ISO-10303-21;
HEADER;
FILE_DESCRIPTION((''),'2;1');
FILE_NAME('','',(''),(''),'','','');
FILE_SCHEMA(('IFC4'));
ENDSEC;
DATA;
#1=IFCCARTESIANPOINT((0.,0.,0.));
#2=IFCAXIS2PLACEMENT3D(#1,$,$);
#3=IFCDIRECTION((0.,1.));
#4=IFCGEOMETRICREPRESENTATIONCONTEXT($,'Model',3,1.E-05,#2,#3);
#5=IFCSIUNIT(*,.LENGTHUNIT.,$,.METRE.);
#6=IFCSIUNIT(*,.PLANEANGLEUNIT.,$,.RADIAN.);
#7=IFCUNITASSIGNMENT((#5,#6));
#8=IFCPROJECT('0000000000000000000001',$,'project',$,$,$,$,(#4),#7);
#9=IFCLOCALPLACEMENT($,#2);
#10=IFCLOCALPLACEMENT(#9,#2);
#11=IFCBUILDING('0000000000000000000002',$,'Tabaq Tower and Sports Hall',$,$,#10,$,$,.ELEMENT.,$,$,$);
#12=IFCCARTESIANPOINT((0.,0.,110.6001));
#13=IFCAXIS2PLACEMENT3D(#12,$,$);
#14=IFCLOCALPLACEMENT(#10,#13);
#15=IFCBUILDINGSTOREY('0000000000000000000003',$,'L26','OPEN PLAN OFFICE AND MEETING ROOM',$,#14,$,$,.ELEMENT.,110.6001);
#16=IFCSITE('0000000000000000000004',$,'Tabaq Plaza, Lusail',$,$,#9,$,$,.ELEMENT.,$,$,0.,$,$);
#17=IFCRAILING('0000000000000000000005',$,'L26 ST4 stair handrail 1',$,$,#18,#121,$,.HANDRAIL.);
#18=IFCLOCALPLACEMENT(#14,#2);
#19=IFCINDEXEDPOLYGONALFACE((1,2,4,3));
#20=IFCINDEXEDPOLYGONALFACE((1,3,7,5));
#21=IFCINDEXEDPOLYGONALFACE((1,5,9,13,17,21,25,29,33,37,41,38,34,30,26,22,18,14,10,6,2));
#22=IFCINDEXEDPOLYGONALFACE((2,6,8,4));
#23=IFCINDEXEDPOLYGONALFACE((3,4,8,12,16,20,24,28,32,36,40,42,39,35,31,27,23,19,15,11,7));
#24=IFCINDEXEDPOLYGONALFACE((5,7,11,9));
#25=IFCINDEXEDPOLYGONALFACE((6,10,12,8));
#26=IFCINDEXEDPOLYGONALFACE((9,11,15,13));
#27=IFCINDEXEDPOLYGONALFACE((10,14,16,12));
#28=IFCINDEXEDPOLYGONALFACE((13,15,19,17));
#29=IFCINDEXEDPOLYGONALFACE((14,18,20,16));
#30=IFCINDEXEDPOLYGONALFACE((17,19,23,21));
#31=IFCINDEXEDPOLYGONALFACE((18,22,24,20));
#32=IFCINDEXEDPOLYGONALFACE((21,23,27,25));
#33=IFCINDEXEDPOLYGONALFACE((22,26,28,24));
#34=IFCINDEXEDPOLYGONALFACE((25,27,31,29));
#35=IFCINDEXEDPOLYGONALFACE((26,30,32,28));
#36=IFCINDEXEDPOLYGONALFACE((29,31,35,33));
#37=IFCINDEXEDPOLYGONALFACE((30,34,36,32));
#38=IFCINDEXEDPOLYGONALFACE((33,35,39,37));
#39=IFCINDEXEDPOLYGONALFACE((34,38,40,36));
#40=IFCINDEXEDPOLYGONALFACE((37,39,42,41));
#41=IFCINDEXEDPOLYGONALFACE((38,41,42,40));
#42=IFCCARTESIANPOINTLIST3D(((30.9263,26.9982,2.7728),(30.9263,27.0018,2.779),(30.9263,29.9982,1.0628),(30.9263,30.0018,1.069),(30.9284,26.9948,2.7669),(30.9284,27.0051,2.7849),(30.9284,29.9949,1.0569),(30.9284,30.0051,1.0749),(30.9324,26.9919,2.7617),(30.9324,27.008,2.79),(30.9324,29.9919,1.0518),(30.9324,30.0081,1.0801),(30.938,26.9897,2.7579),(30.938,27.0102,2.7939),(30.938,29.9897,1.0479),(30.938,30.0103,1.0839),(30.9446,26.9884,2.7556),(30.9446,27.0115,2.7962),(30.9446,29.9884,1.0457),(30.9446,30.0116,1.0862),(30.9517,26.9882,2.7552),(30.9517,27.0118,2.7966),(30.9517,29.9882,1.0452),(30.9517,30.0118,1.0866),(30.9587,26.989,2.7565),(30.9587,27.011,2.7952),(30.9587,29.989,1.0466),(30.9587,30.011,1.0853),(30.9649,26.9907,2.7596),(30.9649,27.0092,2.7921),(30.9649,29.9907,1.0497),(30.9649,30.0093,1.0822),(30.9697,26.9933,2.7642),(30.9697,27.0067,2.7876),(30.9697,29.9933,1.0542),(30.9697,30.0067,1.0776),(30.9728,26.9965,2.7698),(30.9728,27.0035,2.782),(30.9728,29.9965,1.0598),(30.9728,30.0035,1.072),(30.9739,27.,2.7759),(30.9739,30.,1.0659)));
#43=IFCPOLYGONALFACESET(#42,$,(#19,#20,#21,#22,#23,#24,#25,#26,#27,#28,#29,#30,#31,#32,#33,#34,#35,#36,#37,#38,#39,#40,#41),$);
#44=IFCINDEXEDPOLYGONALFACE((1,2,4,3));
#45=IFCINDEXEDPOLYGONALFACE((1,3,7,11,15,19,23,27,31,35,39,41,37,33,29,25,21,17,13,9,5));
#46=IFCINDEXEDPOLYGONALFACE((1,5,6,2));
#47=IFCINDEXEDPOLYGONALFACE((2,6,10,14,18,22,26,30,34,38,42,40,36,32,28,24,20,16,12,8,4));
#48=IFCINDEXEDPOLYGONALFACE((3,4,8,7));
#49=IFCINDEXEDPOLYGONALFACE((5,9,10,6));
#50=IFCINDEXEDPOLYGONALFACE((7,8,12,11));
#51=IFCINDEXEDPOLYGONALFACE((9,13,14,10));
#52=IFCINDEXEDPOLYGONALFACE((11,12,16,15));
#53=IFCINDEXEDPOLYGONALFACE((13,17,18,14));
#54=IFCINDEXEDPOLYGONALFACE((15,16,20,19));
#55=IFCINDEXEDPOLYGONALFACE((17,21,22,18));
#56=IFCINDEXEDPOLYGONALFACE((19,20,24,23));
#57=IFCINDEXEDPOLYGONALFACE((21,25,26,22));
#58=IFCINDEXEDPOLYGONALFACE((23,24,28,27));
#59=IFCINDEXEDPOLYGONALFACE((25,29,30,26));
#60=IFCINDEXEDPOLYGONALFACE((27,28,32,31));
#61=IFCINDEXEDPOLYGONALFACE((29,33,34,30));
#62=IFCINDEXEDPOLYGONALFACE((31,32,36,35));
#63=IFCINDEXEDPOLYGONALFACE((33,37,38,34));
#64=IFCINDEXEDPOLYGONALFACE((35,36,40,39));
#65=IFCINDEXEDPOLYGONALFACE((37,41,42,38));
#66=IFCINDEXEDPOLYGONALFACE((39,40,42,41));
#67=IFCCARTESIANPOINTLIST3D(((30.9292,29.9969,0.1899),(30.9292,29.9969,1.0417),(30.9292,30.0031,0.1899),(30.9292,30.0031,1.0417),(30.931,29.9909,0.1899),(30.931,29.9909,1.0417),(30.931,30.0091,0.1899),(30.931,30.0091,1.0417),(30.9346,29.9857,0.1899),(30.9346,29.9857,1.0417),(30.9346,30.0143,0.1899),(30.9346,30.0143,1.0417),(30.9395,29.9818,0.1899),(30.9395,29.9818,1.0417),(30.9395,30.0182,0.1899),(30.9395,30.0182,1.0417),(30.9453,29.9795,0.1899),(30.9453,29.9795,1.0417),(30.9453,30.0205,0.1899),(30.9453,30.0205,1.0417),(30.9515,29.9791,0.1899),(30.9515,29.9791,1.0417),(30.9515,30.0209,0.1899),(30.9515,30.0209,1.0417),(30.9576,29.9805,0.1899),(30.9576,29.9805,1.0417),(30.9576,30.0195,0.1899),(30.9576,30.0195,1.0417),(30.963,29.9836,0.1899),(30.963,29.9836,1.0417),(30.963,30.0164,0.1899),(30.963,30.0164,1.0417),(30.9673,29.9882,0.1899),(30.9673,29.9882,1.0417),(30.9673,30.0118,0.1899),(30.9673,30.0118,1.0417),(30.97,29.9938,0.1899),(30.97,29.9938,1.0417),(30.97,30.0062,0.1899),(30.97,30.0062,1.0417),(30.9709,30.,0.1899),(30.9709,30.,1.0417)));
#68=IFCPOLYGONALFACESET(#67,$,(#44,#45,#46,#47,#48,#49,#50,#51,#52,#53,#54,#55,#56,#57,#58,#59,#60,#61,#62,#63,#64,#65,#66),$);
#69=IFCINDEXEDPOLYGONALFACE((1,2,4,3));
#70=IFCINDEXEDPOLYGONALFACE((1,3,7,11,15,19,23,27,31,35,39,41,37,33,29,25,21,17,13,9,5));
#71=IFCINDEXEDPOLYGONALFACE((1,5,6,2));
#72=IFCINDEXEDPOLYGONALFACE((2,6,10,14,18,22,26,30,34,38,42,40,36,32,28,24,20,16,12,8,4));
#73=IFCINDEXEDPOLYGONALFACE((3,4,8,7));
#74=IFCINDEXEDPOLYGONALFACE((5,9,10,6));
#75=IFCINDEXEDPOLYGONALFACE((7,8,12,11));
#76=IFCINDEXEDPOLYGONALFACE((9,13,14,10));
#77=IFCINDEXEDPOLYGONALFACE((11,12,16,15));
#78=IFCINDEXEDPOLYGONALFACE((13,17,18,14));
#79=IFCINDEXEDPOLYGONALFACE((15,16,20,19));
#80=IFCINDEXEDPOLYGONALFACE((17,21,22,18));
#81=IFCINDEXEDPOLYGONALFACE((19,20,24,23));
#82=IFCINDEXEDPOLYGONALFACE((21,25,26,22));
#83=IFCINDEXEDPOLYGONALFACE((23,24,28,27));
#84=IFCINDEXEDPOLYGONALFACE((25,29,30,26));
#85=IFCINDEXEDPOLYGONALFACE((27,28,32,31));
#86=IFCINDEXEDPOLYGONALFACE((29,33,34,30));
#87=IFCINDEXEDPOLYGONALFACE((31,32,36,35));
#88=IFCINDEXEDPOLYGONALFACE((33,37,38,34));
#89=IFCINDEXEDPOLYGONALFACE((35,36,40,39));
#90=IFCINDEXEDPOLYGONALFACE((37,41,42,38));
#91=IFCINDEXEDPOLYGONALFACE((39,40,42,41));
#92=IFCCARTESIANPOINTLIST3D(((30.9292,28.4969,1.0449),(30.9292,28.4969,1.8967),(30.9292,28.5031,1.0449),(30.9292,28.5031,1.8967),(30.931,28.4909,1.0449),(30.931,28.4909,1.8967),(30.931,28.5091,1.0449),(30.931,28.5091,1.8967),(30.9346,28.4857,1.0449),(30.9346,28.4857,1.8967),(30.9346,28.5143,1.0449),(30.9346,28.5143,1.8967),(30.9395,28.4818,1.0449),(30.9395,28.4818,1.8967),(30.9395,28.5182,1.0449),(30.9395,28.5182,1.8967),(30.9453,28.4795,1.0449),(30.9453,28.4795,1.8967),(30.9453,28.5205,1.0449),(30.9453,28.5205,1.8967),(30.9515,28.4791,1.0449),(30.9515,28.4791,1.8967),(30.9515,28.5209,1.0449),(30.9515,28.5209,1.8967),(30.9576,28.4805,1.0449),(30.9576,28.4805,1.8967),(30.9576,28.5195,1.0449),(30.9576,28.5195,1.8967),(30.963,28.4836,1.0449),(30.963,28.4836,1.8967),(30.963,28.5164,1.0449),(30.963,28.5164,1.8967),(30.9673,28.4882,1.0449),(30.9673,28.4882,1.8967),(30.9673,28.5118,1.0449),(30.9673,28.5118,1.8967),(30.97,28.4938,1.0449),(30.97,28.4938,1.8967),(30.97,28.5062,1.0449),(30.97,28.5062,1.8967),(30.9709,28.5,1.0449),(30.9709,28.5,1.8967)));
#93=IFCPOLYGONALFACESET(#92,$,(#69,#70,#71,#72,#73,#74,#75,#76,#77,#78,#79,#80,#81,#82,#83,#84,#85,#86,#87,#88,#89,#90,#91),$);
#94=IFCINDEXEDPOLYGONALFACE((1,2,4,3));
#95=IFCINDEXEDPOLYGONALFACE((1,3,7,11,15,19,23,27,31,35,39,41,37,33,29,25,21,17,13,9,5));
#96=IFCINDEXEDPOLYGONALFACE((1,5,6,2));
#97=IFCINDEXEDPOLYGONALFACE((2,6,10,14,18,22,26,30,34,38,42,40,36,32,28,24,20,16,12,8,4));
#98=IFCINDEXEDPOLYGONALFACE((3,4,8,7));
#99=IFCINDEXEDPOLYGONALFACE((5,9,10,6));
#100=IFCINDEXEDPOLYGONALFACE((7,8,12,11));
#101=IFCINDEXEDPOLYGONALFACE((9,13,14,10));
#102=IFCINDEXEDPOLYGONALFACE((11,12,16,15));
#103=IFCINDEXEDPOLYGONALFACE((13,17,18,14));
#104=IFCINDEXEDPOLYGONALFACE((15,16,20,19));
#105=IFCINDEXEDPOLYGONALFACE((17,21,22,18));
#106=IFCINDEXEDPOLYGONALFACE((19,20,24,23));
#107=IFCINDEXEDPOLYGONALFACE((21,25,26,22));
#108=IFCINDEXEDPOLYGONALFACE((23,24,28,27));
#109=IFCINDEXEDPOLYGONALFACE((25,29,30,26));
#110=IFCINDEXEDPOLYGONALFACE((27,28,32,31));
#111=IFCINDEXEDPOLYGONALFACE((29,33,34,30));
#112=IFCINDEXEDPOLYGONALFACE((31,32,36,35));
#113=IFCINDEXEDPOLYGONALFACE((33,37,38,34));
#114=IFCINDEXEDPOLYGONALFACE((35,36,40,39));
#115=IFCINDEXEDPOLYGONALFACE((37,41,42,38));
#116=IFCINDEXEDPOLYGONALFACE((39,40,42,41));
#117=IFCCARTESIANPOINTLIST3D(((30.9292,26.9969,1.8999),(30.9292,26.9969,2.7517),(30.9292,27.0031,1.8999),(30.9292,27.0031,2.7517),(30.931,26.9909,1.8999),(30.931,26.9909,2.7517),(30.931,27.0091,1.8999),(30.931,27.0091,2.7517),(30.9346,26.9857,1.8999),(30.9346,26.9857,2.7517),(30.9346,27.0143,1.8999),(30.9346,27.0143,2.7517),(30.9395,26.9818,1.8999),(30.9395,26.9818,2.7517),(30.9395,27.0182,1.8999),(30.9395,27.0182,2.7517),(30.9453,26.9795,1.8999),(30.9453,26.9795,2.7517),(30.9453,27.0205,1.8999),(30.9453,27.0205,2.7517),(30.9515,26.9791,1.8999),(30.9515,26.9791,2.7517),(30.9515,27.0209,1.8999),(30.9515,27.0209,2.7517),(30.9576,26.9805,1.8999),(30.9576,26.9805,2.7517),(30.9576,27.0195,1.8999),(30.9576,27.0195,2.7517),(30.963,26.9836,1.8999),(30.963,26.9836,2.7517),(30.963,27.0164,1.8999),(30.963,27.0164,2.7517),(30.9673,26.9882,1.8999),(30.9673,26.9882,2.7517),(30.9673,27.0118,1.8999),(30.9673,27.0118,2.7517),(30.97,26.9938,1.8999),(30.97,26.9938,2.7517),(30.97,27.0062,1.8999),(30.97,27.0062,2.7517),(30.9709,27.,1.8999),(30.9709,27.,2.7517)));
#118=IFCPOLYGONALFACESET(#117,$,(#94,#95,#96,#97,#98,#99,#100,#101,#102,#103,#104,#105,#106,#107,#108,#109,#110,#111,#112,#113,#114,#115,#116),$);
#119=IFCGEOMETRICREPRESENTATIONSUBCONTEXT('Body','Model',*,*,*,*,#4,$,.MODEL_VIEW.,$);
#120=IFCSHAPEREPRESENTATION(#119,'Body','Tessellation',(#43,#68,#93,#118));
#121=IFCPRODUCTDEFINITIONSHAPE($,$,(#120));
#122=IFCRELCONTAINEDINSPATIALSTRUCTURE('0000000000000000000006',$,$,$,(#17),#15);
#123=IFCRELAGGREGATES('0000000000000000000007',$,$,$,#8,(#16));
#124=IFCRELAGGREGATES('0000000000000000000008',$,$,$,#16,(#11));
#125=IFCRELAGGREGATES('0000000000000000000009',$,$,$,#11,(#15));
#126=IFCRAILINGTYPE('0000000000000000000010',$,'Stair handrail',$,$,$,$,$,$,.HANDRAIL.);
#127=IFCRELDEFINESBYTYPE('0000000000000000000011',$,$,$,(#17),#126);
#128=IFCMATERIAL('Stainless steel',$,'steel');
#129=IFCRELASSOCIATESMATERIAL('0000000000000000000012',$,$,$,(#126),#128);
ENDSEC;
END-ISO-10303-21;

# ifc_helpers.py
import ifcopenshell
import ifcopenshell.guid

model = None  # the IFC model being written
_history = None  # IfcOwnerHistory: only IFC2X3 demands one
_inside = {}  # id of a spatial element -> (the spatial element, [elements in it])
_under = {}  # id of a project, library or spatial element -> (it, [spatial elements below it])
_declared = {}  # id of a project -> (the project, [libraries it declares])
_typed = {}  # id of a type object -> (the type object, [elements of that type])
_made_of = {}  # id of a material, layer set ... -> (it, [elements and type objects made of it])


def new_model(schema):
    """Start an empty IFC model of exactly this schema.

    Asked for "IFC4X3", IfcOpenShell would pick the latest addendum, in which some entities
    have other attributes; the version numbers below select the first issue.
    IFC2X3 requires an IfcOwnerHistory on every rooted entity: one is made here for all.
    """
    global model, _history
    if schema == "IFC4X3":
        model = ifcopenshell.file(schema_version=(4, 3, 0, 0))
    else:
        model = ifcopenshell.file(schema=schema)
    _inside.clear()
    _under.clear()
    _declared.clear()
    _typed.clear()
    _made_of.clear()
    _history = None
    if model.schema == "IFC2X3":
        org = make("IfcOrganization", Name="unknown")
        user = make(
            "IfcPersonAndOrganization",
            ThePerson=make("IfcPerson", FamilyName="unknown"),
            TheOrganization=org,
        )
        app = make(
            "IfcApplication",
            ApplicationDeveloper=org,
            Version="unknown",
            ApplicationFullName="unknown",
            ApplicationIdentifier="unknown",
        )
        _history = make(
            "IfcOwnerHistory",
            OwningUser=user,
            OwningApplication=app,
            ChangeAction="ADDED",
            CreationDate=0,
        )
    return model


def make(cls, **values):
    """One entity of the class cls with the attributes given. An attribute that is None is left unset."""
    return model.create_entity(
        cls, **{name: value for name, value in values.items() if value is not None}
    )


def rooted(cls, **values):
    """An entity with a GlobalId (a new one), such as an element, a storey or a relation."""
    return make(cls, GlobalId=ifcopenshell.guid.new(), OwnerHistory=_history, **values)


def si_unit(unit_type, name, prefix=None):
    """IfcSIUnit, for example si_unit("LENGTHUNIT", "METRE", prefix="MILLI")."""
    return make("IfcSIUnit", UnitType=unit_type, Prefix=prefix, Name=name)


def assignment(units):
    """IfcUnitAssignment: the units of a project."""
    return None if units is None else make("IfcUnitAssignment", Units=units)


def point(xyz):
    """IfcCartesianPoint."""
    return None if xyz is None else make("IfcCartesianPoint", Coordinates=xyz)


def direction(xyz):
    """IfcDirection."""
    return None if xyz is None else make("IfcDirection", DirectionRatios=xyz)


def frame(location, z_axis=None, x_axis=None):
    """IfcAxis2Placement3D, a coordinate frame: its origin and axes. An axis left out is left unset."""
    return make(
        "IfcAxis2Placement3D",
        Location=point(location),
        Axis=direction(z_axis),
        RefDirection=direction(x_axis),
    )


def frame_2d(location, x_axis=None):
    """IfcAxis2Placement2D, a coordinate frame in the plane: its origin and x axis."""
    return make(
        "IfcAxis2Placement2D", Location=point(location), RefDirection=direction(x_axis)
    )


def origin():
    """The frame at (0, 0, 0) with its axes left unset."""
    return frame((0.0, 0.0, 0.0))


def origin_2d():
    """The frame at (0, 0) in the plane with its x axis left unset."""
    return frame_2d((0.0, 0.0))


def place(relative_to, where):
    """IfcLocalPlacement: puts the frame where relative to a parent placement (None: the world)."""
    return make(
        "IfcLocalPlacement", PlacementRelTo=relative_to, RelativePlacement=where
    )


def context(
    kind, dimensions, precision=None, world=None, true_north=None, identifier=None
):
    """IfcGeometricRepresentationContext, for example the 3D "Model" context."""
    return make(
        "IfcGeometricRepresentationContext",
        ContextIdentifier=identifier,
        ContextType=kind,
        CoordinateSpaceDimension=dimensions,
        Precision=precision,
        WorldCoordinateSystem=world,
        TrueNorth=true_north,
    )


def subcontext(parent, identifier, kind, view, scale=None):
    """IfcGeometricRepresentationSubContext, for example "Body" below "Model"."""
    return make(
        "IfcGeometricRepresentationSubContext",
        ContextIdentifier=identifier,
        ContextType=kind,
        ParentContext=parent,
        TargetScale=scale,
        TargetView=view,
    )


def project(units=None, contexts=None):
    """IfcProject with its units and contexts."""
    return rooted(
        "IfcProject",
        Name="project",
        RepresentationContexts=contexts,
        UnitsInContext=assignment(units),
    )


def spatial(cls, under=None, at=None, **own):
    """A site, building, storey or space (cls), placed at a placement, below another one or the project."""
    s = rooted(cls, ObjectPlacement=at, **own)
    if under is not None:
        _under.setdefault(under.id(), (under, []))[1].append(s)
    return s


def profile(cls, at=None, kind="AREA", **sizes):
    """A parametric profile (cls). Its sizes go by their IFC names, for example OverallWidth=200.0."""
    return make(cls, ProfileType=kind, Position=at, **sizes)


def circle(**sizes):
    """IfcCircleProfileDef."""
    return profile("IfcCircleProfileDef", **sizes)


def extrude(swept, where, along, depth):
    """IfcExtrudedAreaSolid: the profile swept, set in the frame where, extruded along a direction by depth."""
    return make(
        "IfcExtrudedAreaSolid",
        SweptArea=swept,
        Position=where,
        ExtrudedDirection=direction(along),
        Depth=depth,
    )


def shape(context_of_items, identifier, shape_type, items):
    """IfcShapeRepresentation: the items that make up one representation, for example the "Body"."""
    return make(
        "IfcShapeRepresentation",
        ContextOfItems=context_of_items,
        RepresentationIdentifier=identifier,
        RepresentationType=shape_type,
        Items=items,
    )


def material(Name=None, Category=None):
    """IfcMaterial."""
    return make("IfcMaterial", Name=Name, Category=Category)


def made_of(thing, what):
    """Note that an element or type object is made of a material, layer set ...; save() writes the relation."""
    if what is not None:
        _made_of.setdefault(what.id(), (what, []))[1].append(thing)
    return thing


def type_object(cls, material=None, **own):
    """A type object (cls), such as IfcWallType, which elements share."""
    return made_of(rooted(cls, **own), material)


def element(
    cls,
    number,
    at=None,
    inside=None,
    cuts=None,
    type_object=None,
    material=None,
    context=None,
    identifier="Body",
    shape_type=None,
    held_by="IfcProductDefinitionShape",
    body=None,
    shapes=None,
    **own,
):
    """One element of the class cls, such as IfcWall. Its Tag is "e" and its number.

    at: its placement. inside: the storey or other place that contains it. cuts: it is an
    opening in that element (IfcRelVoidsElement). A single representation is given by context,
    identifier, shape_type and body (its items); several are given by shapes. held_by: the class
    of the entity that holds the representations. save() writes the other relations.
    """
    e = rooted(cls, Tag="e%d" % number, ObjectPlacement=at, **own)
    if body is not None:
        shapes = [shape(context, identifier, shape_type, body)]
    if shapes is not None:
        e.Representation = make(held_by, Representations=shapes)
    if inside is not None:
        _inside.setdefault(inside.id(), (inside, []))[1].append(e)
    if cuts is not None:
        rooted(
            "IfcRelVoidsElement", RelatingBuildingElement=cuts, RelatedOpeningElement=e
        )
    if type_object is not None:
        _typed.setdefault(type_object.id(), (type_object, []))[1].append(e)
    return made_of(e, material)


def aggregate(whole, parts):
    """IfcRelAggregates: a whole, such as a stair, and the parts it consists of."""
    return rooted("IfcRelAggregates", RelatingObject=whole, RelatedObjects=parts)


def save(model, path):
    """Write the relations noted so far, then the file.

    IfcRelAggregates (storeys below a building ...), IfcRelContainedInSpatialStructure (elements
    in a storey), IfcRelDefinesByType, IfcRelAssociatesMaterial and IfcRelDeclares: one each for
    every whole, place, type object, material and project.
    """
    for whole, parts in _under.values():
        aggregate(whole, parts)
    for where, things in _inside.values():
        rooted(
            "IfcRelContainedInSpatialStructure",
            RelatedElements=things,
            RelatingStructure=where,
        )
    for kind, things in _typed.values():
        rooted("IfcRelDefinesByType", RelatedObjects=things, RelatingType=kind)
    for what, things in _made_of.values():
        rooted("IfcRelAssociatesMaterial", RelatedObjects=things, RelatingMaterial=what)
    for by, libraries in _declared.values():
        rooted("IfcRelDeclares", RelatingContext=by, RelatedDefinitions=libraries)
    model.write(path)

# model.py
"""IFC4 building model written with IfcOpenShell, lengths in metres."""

from ifc_helpers import new_model, si_unit, direction, frame, origin, origin_2d, place, context, subcontext, project, spatial, circle, extrude, material, type_object, element, save


model = new_model("IFC4")

# Units and contexts
model_context = context("Model", 3, precision=1e-05, world=origin(), true_north=direction((0.0, 1.0)))
body_context = subcontext(model_context, "Body", "Model", "MODEL_VIEW")
ifc_project = project(units=[si_unit("LENGTHUNIT", "METRE"), si_unit("PLANEANGLEUNIT", "RADIAN")], contexts=[model_context])

# Site, building, storey
site_placement = place(None, origin())
site = spatial("IfcSite", under=ifc_project, at=site_placement, Name="Tabaq Plaza, Lusail", CompositionType="ELEMENT", RefElevation=0.0)
building_placement = place(site_placement, origin())
building = spatial("IfcBuilding", under=site, at=building_placement, Name="Tabaq Tower and Sports Hall", CompositionType="ELEMENT")
storey_placement = place(building_placement, frame((0.0, 0.0, 110.6001)))
storey = spatial("IfcBuildingStorey", under=building, at=storey_placement, Name="L26", Description="OPEN PLAN OFFICE AND MEETING ROOM", CompositionType="ELEMENT", Elevation=110.6001)

# Railing
ifc_material_1 = material(Name="Stainless steel", Category="steel")
railing_type_1 = type_object("IfcRailingType", Name="Stair handrail", PredefinedType="HANDRAIL", material=ifc_material_1)
railing_1_placement = place(storey_placement, frame((30.95, 30.0, 0.1899)))
element("IfcRailing", 1, at=railing_1_placement, inside=storey, type_object=railing_type_1, Name="L26 ST4 stair handrail 1", PredefinedType="HANDRAIL", context=body_context, shape_type="SweptSolid", body=[
    extrude(circle(Radius=0.0239, at=origin_2d()), frame((0.0, 0.0, 0.876), z_axis=(0.0, -0.868782, 0.495195), x_axis=(1.0, 0.0, 0.0)), (0.0, 0.0, 1.0), 3.4531),
    extrude(circle(Radius=0.021, at=origin_2d()), origin(), (0.0, 0.0, 1.0), 0.8518),
    extrude(circle(Radius=0.021, at=origin_2d()), frame((0.0, -1.5, 0.855)), (0.0, 0.0, 1.0), 0.8518),
    extrude(circle(Radius=0.021, at=origin_2d()), frame((0.0, -3.0, 1.71)), (0.0, 0.0, 1.0), 0.8518),
])

save(model, "model.ifc")
